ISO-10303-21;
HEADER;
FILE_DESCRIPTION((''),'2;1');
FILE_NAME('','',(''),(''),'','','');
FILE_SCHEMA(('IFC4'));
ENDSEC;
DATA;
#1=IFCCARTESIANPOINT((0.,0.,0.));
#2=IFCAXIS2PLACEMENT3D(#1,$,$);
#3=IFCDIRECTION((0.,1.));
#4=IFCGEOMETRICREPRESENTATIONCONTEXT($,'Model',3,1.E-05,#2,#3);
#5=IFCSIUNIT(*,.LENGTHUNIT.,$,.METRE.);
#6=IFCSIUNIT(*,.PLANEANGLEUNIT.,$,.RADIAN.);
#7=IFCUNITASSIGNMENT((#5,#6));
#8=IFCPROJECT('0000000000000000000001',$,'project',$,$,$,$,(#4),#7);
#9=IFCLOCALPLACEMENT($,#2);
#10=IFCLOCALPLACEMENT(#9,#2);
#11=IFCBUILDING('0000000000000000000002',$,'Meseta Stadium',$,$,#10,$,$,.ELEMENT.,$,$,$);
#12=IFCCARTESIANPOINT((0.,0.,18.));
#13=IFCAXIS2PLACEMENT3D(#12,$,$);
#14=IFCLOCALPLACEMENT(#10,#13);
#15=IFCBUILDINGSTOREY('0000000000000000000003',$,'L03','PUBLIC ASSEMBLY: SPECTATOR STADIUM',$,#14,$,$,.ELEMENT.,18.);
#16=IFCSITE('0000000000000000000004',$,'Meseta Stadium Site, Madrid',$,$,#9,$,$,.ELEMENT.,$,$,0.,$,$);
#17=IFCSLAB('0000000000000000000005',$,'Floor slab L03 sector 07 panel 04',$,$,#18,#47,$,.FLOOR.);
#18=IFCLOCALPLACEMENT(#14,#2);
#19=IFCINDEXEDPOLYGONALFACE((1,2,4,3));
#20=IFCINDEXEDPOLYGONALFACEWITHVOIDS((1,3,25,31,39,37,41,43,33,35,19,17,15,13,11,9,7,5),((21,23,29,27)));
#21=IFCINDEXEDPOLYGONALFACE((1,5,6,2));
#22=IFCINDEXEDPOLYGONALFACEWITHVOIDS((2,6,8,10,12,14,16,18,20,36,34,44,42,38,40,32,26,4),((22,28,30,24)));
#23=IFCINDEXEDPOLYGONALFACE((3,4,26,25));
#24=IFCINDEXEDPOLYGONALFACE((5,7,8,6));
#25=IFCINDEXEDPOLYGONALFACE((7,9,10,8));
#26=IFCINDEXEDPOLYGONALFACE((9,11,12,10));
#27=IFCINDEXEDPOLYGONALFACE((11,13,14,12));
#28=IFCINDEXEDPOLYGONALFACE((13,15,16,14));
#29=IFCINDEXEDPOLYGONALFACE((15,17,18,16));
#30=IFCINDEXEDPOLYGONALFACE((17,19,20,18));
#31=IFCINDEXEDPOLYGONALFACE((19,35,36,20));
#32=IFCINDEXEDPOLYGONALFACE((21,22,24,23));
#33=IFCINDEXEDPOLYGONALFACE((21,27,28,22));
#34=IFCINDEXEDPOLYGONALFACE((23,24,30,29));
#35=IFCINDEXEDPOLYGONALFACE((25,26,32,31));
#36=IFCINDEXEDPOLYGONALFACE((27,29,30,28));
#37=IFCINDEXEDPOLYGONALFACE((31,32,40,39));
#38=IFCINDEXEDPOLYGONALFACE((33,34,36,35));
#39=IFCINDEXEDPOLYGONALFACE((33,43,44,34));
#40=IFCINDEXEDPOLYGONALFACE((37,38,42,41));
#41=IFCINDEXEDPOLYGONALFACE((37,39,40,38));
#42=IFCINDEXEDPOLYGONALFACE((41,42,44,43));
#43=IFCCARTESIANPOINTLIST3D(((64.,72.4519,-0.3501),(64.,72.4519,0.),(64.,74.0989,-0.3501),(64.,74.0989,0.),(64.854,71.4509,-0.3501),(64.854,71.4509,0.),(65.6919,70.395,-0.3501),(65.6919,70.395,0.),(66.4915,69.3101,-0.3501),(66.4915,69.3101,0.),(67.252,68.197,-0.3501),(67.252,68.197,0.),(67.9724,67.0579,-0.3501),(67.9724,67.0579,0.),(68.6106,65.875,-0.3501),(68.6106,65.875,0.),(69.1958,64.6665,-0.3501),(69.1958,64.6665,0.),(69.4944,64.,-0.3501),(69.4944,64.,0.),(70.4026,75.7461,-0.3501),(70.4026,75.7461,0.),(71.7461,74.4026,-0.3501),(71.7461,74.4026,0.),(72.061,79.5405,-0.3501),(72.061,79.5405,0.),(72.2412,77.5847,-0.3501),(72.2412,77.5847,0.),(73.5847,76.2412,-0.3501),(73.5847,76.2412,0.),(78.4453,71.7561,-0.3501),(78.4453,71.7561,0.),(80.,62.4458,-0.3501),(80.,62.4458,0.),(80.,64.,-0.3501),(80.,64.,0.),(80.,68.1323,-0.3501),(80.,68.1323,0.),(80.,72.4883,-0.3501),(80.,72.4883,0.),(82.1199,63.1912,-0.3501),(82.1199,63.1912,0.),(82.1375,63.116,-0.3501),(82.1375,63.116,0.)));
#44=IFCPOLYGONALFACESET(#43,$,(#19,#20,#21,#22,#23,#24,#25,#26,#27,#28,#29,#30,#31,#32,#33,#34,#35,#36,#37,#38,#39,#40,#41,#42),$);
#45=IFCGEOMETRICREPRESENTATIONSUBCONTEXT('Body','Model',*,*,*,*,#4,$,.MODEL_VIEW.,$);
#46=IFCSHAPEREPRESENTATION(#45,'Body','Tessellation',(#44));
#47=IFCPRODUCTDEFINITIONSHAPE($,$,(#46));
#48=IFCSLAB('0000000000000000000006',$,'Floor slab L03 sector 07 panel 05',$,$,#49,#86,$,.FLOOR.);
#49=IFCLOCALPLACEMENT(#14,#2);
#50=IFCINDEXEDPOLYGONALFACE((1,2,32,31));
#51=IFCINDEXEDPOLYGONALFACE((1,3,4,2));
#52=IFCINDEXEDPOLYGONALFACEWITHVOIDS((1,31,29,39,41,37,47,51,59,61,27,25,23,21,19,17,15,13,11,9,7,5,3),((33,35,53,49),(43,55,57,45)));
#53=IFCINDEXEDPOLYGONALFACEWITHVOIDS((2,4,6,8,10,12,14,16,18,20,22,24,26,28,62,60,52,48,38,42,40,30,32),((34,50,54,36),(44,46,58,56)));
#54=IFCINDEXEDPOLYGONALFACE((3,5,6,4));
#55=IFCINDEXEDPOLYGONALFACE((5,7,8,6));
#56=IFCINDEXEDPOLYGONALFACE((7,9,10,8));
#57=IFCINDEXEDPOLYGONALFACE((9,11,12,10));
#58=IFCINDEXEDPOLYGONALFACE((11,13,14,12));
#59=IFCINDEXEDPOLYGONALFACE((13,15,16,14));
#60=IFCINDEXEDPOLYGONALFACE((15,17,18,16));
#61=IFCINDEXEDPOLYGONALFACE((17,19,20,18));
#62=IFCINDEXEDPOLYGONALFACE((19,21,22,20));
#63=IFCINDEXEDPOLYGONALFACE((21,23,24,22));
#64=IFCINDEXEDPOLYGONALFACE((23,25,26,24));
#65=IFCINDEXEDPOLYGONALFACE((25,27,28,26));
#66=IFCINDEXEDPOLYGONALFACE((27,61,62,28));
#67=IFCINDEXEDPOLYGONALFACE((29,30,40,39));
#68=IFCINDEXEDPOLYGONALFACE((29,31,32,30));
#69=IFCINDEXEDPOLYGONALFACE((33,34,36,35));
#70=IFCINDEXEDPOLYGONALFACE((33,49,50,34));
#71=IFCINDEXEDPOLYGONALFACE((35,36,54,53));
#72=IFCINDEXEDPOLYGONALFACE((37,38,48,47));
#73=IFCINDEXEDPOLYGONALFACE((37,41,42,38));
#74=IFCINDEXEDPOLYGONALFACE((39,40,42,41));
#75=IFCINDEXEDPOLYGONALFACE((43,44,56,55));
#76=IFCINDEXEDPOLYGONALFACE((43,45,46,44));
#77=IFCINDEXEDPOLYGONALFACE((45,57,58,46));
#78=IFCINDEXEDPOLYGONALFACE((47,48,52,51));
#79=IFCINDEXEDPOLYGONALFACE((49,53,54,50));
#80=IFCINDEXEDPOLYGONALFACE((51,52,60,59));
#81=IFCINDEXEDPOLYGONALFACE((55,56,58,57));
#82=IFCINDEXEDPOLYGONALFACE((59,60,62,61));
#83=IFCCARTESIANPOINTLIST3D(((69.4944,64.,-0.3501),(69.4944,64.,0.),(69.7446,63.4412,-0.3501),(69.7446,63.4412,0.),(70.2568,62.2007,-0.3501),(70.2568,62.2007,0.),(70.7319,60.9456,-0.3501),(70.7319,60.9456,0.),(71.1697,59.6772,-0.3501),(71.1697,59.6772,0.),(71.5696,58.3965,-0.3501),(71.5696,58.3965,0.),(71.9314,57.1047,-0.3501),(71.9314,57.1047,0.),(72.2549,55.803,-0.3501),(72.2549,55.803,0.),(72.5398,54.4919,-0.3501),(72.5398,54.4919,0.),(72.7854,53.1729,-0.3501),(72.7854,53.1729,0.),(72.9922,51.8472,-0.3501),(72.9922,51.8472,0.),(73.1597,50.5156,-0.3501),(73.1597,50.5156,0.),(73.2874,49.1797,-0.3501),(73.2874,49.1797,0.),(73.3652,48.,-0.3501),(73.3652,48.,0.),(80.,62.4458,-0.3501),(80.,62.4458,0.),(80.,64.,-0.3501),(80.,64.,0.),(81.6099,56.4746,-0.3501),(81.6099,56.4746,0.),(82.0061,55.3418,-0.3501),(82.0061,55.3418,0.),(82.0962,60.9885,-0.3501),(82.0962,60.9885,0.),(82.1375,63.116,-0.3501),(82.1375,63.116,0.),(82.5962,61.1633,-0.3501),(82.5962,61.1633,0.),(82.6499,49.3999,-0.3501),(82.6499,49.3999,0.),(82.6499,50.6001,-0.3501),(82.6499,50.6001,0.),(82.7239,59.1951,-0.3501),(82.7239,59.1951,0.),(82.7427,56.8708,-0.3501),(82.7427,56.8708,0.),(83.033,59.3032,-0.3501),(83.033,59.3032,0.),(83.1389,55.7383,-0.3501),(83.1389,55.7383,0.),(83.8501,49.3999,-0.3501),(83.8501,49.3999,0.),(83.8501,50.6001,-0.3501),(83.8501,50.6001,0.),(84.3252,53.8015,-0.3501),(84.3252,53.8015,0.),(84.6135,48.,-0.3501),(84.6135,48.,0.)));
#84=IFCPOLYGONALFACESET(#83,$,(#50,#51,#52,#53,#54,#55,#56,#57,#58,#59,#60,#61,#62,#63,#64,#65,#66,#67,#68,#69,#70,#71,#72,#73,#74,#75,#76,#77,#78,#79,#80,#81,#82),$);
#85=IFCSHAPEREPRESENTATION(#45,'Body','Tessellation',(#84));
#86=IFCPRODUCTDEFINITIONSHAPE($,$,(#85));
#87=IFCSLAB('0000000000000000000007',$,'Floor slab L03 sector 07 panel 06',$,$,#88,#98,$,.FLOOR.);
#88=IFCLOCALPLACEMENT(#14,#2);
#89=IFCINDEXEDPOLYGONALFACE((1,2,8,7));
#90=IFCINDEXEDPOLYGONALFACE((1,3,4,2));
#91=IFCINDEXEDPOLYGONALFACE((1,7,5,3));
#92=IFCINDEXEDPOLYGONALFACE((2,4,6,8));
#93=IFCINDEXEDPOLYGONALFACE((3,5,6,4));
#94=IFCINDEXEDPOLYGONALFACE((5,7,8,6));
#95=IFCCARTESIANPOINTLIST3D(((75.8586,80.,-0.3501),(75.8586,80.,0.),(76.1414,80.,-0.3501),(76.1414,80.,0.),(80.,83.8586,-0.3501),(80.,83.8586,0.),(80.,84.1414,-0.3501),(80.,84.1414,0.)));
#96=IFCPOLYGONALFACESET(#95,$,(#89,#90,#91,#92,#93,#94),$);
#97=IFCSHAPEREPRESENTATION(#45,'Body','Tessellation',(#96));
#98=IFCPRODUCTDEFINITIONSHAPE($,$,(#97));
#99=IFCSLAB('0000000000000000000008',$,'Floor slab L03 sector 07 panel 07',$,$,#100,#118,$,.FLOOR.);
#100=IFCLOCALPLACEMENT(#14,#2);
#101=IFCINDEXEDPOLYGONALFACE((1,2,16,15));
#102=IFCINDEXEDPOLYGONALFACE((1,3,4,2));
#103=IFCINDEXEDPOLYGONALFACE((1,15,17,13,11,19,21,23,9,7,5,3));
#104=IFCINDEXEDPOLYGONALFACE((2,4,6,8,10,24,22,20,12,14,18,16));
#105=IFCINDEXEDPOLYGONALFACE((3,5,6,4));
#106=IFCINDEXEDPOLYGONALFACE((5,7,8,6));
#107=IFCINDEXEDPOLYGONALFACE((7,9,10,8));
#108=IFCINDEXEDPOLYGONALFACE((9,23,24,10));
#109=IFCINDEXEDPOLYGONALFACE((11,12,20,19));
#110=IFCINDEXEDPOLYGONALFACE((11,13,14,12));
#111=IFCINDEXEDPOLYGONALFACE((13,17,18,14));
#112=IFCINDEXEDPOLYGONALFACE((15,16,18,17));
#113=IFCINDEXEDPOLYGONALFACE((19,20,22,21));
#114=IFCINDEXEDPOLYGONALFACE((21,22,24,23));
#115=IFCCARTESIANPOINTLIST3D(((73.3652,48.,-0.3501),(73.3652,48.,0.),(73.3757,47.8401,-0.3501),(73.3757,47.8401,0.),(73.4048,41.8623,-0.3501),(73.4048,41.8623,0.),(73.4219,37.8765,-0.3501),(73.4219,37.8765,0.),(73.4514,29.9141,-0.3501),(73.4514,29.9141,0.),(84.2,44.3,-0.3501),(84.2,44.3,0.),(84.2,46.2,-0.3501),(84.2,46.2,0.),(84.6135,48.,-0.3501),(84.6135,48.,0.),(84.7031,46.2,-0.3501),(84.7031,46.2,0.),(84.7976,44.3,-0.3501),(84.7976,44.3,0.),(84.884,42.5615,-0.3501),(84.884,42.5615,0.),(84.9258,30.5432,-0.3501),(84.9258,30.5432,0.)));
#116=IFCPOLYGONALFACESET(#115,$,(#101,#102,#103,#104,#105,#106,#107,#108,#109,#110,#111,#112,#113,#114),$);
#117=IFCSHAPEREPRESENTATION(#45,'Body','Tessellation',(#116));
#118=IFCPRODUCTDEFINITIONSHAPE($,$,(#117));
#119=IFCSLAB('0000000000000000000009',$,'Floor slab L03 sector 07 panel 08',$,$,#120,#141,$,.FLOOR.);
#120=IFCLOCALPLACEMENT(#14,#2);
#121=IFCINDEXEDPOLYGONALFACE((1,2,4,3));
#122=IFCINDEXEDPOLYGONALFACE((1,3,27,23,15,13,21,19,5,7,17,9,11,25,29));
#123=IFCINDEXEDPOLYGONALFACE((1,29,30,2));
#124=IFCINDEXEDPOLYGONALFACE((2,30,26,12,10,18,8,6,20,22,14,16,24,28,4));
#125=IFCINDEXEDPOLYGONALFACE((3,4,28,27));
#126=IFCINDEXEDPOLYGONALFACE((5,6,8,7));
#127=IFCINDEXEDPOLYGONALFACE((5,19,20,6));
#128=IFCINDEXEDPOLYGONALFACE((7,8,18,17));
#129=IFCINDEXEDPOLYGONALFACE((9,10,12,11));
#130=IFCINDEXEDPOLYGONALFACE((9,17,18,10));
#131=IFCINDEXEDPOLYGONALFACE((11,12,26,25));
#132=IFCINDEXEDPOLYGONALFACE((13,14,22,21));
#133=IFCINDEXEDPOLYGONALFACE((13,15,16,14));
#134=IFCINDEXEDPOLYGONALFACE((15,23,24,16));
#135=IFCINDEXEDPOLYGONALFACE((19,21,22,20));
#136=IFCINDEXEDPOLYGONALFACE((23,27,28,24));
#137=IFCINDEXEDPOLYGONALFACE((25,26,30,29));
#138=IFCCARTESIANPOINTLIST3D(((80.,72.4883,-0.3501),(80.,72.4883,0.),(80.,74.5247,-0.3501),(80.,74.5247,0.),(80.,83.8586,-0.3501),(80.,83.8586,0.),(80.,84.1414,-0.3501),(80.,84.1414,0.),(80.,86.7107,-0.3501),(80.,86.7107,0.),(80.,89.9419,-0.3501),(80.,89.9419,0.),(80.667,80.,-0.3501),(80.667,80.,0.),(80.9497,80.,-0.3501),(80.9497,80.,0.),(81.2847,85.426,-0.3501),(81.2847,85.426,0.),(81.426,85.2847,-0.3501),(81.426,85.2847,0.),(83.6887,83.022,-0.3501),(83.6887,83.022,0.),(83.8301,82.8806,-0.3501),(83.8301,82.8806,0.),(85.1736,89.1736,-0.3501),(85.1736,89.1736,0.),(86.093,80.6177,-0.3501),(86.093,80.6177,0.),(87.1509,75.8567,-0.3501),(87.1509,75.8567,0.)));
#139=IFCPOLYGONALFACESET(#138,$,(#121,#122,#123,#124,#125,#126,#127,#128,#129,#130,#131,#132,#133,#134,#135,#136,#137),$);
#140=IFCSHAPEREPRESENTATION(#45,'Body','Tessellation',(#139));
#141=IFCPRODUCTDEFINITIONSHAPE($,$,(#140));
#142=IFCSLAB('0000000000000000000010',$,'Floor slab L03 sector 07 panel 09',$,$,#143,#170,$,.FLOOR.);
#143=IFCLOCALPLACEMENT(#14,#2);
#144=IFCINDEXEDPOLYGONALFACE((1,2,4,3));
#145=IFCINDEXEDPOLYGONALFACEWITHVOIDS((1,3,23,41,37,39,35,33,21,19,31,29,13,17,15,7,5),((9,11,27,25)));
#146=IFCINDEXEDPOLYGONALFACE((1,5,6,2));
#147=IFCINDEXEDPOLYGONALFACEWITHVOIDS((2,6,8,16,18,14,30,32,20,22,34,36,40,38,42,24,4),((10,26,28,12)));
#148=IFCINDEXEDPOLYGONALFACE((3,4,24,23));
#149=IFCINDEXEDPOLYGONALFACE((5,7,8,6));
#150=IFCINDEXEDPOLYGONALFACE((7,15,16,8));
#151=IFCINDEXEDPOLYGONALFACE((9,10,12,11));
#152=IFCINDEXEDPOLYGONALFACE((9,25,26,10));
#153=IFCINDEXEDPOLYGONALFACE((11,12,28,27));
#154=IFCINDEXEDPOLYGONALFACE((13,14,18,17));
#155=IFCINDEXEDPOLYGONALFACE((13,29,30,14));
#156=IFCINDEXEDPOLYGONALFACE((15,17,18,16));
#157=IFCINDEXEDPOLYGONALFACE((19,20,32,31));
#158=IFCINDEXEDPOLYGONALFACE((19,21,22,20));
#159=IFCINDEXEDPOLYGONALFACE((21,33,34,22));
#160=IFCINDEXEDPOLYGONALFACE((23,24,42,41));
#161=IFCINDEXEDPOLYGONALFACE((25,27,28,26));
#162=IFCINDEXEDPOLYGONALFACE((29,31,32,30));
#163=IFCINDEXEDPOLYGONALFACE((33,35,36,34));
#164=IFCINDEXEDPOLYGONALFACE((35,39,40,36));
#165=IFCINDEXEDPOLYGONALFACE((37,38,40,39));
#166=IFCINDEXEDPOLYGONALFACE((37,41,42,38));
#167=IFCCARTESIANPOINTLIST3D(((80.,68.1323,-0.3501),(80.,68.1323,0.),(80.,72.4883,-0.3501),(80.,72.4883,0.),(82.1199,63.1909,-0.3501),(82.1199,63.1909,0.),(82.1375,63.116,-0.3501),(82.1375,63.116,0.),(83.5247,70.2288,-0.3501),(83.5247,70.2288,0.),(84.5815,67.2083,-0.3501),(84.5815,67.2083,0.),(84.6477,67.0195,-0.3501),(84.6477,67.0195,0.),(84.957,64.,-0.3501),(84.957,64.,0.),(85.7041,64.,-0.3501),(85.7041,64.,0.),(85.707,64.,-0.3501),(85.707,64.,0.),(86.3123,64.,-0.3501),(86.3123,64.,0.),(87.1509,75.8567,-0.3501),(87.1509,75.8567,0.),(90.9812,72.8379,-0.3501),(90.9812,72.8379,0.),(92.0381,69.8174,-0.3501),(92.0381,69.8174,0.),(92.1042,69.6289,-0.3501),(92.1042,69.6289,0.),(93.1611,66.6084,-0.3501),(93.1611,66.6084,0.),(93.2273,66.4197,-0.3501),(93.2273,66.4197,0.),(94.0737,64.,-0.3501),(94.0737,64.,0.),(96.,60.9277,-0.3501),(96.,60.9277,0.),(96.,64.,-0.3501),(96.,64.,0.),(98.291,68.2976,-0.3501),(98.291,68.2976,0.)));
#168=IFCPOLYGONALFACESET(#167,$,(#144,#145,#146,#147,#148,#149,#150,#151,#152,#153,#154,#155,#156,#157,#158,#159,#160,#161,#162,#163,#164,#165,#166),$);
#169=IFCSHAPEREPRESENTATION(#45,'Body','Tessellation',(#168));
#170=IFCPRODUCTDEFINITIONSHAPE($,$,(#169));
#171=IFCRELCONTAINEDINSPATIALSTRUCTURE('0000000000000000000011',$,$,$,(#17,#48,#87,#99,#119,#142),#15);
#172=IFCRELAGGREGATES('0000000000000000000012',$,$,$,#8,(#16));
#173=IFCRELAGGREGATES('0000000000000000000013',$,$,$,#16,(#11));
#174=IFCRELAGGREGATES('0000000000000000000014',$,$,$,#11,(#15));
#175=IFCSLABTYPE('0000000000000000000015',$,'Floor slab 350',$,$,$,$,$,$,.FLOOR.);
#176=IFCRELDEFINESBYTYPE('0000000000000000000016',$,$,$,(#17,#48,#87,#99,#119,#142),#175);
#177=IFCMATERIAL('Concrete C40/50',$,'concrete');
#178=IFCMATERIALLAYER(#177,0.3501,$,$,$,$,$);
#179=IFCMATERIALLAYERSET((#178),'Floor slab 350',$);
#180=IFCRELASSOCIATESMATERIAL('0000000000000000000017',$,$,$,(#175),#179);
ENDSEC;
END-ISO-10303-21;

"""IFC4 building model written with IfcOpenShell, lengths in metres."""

from ifc_helpers import new_model, si_unit, direction, frame, origin, place, context, subcontext, project, spatial, polyline, outline, extrude, material, layer, layer_set, type_object, element, save


model = new_model("IFC4")

# Units and contexts
model_context = context("Model", 3, precision=1e-05, world=origin(), true_north=direction((0.0, 1.0)))
body_context = subcontext(model_context, "Body", "Model", "MODEL_VIEW")
ifc_project = project(units=[si_unit("LENGTHUNIT", "METRE"), si_unit("PLANEANGLEUNIT", "RADIAN")], contexts=[model_context])

# Site, building, storey
site_placement = place(None, origin())
site = spatial("IfcSite", under=ifc_project, at=site_placement, Name="Meseta Stadium Site, Madrid", CompositionType="ELEMENT", RefElevation=0.0)
building_placement = place(site_placement, origin())
building = spatial("IfcBuilding", under=site, at=building_placement, Name="Meseta Stadium", CompositionType="ELEMENT")
storey_placement = place(building_placement, frame((0.0, 0.0, 18.0)))
storey = spatial("IfcBuildingStorey", under=building, at=storey_placement, Name="L03", Description="PUBLIC ASSEMBLY: SPECTATOR STADIUM", CompositionType="ELEMENT", Elevation=18.0)

# Slabs
ifc_material = material(Name="Concrete C40/50", Category="concrete")
ifc_layer = layer(ifc_material, 0.3501)
ifc_layer_set = layer_set([ifc_layer], Name="Floor slab 350")
slab_type = type_object("IfcSlabType", Name="Floor slab 350", PredefinedType="FLOOR", material=ifc_layer_set)
slab_1_placement = place(storey_placement, frame((0.0, 0.0, -0.3501)))
element("IfcSlab", 1, at=slab_1_placement, inside=storey, type_object=slab_type, Name="Floor slab L03 sector 07 panel 04", PredefinedType="FLOOR", context=body_context, shape_type="SweptSolid", body=[
    extrude(outline(polyline([(69.4944, 64.0), (80.0, 64.0), (80.0, 62.4458), (82.1375, 63.116), (82.1199, 63.1912), (80.0, 68.1323), (80.0, 72.4883), (78.4453, 71.7561), (72.061, 79.5405), (64.0, 74.0989), (64.0, 72.4519), (64.854, 71.4509), (65.6919, 70.395), (66.4915, 69.3101), (67.252, 68.197), (67.9724, 67.0579), (68.6106, 65.875), (69.1958, 64.6665), (69.4944, 64.0)]), holes=[polyline([(73.5847, 76.2412), (71.7461, 74.4026), (70.4026, 75.7461), (72.2412, 77.5847), (73.5847, 76.2412)])]), origin(), (0.0, 0.0, 1.0), 0.3501),
])
slab_2_placement = place(storey_placement, frame((0.0, 0.0, -0.3501)))
element("IfcSlab", 2, at=slab_2_placement, inside=storey, type_object=slab_type, Name="Floor slab L03 sector 07 panel 05", PredefinedType="FLOOR", context=body_context, shape_type="SweptSolid", body=[
    extrude(outline(polyline([(69.4944, 64.0), (69.7446, 63.4412), (70.2568, 62.2007), (70.7319, 60.9456), (71.1697, 59.6772), (71.5696, 58.3965), (71.9314, 57.1047), (72.2549, 55.803), (72.5398, 54.4919), (72.7854, 53.1729), (72.9922, 51.8472), (73.1597, 50.5156), (73.2874, 49.1797), (73.3652, 48.0), (84.6135, 48.0), (84.3252, 53.8015), (83.033, 59.3032), (82.7239, 59.1951), (82.0962, 60.9885), (82.5962, 61.1633), (82.1375, 63.116), (80.0, 62.4458), (80.0, 64.0), (69.4944, 64.0)]), holes=[polyline([(82.7427, 56.8708), (83.1389, 55.7383), (82.0061, 55.3418), (81.6099, 56.4746), (82.7427, 56.8708)]), polyline([(83.8501, 49.3999), (82.6499, 49.3999), (82.6499, 50.6001), (83.8501, 50.6001), (83.8501, 49.3999)])]), origin(), (0.0, 0.0, 1.0), 0.3501),
])
slab_3_placement = place(storey_placement, frame((0.0, 0.0, -0.3501)))
element("IfcSlab", 3, at=slab_3_placement, inside=storey, type_object=slab_type, Name="Floor slab L03 sector 07 panel 06", PredefinedType="FLOOR", context=body_context, shape_type="SweptSolid", body=[
    extrude(outline(polyline([(75.8586, 80.0), (76.1414, 80.0), (80.0, 83.8586), (80.0, 84.1414), (75.8586, 80.0)])), origin(), (0.0, 0.0, 1.0), 0.3501),
])
slab_4_placement = place(storey_placement, frame((0.0, 0.0, -0.3501)))
element("IfcSlab", 4, at=slab_4_placement, inside=storey, type_object=slab_type, Name="Floor slab L03 sector 07 panel 07", PredefinedType="FLOOR", context=body_context, shape_type="SweptSolid", body=[
    extrude(outline(polyline([(73.3652, 48.0), (73.3757, 47.8401), (73.4048, 41.8623), (73.4219, 37.8765), (73.4514, 29.9141), (84.9258, 30.5432), (84.884, 42.5615), (84.7976, 44.3), (84.2, 44.3), (84.2, 46.2), (84.7031, 46.2), (84.6135, 48.0), (73.3652, 48.0)])), origin(), (0.0, 0.0, 1.0), 0.3501),
])
slab_5_placement = place(storey_placement, frame((0.0, 0.0, -0.3501)))
element("IfcSlab", 5, at=slab_5_placement, inside=storey, type_object=slab_type, Name="Floor slab L03 sector 07 panel 08", PredefinedType="FLOOR", context=body_context, shape_type="SweptSolid", body=[
    extrude(outline(polyline([(86.093, 80.6177), (80.0, 74.5247), (80.0, 72.4883), (87.1509, 75.8567), (85.1736, 89.1736), (80.0, 89.9419), (80.0, 86.7107), (81.2847, 85.426), (80.0, 84.1414), (80.0, 83.8586), (81.426, 85.2847), (83.6887, 83.022), (80.667, 80.0), (80.9497, 80.0), (83.8301, 82.8806), (86.093, 80.6177)])), origin(), (0.0, 0.0, 1.0), 0.3501),
])
slab_6_placement = place(storey_placement, frame((0.0, 0.0, -0.3501)))
element("IfcSlab", 6, at=slab_6_placement, inside=storey, type_object=slab_type, Name="Floor slab L03 sector 07 panel 09", PredefinedType="FLOOR", context=body_context, shape_type="SweptSolid", body=[
    extrude(outline(polyline([(82.1199, 63.1909), (82.1375, 63.116), (84.957, 64.0), (85.7041, 64.0), (84.6477, 67.0195), (92.1042, 69.6289), (93.1611, 66.6084), (85.707, 64.0), (86.3123, 64.0), (93.2273, 66.4197), (94.0737, 64.0), (96.0, 64.0), (96.0, 60.9277), (98.291, 68.2976), (87.1509, 75.8567), (80.0, 72.4883), (80.0, 68.1323), (82.1199, 63.1909)]), holes=[polyline([(84.5815, 67.2083), (83.5247, 70.2288), (90.9812, 72.8379), (92.0381, 69.8174), (84.5815, 67.2083)])]), origin(), (0.0, 0.0, 1.0), 0.3501),
])

save(model, "model.ifc")
